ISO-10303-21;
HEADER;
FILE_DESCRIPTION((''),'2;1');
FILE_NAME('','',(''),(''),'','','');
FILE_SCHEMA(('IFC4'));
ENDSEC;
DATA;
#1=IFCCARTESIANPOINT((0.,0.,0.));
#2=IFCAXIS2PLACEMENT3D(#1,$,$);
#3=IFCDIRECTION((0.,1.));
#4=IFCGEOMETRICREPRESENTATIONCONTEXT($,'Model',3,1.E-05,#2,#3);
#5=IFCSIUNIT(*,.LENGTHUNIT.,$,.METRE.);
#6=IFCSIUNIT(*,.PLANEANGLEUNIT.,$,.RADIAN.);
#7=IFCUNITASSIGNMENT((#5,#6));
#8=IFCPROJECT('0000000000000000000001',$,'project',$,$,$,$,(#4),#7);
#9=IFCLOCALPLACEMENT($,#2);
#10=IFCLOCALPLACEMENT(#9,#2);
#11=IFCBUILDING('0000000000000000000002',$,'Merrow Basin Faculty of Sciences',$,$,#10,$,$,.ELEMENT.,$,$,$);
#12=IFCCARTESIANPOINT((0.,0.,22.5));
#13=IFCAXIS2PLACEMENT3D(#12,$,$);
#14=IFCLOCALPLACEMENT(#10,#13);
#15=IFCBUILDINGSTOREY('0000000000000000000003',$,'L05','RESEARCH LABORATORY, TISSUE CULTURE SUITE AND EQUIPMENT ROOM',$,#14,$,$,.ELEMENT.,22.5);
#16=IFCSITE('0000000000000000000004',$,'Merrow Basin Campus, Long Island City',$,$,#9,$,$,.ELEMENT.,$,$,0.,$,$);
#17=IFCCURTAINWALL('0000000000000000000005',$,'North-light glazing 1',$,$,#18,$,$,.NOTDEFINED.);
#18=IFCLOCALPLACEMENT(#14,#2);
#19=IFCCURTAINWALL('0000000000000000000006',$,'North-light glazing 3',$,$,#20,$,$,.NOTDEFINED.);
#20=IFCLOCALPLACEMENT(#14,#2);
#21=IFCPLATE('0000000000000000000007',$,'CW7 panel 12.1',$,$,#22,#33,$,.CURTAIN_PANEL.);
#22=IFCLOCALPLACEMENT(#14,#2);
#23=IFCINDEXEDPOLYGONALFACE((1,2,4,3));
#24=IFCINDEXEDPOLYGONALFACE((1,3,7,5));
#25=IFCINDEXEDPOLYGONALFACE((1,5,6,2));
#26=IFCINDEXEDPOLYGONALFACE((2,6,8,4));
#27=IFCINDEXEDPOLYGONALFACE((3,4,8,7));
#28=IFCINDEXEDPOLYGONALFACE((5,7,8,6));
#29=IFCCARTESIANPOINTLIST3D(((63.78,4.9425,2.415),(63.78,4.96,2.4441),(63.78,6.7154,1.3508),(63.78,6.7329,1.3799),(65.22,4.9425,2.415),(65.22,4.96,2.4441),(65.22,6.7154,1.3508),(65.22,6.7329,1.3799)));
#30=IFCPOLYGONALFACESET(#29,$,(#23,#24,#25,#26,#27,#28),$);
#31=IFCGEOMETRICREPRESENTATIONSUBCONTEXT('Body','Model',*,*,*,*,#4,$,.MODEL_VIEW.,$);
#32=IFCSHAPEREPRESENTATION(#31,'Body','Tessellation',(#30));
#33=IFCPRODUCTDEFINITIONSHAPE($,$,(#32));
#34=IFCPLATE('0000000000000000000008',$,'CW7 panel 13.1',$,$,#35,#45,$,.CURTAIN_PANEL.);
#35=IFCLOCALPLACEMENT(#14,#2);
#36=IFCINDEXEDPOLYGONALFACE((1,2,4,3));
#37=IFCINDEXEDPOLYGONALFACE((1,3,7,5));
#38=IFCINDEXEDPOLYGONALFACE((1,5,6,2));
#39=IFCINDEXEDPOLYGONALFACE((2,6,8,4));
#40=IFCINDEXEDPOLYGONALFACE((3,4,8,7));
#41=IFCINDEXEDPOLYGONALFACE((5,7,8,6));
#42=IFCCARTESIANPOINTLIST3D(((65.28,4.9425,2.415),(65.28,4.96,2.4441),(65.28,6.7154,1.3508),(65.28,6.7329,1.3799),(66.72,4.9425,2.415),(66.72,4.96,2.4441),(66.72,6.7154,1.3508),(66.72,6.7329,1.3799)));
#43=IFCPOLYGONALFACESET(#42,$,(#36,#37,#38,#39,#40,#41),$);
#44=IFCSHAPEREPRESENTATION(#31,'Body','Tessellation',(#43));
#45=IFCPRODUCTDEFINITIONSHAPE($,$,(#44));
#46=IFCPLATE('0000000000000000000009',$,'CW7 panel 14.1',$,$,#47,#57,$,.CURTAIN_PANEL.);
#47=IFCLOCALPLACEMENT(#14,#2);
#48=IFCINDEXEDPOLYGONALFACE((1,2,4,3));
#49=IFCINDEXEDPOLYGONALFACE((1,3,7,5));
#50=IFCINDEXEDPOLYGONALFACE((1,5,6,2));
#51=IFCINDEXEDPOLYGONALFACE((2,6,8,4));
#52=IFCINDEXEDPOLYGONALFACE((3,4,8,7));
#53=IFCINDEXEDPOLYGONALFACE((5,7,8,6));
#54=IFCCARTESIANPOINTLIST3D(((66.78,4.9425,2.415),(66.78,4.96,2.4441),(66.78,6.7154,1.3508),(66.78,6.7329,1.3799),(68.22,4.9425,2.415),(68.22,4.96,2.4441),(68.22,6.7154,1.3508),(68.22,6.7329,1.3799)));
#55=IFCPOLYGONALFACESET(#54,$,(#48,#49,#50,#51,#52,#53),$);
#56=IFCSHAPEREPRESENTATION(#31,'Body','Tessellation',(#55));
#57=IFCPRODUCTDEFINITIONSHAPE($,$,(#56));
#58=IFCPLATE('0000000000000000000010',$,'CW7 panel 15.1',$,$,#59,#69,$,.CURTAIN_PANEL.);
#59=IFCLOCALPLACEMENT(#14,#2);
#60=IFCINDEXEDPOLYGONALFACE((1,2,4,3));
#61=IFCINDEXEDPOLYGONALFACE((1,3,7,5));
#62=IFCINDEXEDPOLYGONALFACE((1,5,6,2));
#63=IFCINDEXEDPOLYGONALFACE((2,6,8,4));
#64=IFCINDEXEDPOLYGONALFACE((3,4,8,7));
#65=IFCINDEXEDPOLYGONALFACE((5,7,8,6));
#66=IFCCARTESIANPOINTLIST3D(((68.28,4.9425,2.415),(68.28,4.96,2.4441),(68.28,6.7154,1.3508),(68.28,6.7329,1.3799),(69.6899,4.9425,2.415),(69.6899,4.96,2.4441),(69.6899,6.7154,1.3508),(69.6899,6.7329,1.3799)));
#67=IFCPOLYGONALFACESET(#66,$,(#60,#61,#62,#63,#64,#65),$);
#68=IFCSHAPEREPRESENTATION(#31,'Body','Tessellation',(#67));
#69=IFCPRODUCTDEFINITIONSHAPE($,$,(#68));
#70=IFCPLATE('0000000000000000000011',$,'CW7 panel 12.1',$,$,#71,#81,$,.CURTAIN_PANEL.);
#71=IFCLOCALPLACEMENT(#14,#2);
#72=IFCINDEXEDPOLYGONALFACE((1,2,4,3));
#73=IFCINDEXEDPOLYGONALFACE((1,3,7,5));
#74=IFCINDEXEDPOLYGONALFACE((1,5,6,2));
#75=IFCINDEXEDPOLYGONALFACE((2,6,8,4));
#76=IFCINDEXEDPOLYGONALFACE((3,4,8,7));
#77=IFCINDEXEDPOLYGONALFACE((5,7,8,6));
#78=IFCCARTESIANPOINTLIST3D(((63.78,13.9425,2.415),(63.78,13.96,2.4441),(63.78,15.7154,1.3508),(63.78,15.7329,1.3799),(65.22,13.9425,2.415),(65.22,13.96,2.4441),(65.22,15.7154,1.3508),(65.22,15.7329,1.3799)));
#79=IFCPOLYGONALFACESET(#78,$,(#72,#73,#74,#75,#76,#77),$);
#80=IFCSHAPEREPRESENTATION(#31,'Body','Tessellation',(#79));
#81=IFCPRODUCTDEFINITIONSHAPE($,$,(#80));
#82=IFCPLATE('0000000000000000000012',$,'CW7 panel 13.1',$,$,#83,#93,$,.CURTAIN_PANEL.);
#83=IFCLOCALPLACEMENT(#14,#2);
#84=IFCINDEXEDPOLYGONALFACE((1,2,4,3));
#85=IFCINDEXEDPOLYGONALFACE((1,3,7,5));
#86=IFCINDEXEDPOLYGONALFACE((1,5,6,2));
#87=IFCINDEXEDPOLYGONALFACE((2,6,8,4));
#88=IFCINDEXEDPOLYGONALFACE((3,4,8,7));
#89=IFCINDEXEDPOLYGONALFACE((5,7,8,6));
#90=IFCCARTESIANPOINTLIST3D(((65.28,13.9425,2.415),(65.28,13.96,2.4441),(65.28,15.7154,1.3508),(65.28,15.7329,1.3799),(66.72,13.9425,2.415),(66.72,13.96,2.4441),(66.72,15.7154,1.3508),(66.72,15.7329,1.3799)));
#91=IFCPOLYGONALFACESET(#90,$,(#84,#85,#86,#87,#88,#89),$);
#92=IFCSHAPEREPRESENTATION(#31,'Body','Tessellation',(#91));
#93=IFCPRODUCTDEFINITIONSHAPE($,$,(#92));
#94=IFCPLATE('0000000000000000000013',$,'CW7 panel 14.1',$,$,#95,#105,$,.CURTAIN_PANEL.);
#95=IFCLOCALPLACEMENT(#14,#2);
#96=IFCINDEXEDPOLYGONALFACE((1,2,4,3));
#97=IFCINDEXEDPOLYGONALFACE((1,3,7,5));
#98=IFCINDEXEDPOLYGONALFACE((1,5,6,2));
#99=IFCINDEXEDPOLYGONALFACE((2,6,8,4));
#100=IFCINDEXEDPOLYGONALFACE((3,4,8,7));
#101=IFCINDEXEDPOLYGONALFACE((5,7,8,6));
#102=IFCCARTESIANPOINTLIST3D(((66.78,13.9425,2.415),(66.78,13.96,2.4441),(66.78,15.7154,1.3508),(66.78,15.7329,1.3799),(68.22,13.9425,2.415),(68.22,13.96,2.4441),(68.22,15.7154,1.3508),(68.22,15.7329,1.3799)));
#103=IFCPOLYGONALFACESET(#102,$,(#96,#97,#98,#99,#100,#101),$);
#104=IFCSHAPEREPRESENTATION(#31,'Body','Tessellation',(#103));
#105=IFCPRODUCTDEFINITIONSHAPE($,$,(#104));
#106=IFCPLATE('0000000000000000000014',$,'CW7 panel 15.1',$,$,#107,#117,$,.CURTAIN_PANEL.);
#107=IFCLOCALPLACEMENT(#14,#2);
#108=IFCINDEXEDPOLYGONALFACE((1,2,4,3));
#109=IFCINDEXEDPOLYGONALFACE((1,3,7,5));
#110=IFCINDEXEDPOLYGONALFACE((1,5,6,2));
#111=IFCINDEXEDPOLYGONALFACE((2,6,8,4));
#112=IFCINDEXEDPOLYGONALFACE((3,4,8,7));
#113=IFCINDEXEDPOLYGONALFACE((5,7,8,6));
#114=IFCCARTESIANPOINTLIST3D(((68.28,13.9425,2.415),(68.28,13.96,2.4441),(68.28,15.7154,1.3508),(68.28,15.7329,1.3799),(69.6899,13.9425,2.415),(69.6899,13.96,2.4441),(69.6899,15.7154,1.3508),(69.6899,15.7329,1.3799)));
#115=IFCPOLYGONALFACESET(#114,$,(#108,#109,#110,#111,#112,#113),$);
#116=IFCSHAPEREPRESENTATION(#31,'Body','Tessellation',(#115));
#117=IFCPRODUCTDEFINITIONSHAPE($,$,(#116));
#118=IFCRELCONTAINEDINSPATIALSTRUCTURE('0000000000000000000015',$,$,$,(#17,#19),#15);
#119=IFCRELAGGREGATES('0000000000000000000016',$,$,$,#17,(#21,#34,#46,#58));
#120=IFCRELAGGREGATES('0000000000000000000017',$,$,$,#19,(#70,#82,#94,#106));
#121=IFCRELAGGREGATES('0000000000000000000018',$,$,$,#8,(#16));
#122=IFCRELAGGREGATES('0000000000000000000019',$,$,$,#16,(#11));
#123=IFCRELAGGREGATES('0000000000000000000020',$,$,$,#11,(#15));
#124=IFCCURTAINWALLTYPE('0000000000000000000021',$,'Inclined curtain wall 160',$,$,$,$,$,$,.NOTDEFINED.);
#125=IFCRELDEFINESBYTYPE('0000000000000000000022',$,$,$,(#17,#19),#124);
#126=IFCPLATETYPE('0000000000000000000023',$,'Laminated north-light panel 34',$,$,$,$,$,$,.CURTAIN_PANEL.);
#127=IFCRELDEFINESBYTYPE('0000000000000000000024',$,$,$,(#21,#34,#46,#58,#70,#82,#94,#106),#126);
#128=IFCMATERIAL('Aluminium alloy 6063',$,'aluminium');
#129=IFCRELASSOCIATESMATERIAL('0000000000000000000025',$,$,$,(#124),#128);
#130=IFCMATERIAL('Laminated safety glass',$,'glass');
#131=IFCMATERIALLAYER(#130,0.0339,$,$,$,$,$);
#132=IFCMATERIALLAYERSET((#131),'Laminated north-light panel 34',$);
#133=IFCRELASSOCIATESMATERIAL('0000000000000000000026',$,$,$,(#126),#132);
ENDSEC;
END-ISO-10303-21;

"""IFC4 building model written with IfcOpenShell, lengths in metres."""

from ifc_helpers import new_model, si_unit, direction, frame, origin, place, context, subcontext, project, spatial, polyline, outline, extrude, material, layer, layer_set, type_object, element, aggregate, save


model = new_model("IFC4")

# Units and contexts
model_context = context("Model", 3, precision=1e-05, world=origin(), true_north=direction((0.0, 1.0)))
body_context = subcontext(model_context, "Body", "Model", "MODEL_VIEW")
ifc_project = project(units=[si_unit("LENGTHUNIT", "METRE"), si_unit("PLANEANGLEUNIT", "RADIAN")], contexts=[model_context])

# Site, building, storey
site_placement = place(None, origin())
site = spatial("IfcSite", under=ifc_project, at=site_placement, Name="Merrow Basin Campus, Long Island City", CompositionType="ELEMENT", RefElevation=0.0)
building_placement = place(site_placement, origin())
building = spatial("IfcBuilding", under=site, at=building_placement, Name="Merrow Basin Faculty of Sciences", CompositionType="ELEMENT")
storey_placement = place(building_placement, frame((0.0, 0.0, 22.5)))
storey = spatial("IfcBuildingStorey", under=building, at=storey_placement, Name="L05", Description="RESEARCH LABORATORY, TISSUE CULTURE SUITE AND EQUIPMENT ROOM", CompositionType="ELEMENT", Elevation=22.5)

# Curtain walls
ifc_material_1 = material(Name="Aluminium alloy 6063", Category="aluminium")
curtain_wall_type = type_object("IfcCurtainWallType", Name="Inclined curtain wall 160", PredefinedType="NOTDEFINED", material=ifc_material_1)
curtain_wall_1_placement = place(storey_placement, origin())
curtain_wall_1 = element("IfcCurtainWall", 1, at=curtain_wall_1_placement, inside=storey, type_object=curtain_wall_type, Name="North-light glazing 1", PredefinedType="NOTDEFINED")
curtain_wall_2_placement = place(storey_placement, origin())
curtain_wall_2 = element("IfcCurtainWall", 2, at=curtain_wall_2_placement, inside=storey, type_object=curtain_wall_type, Name="North-light glazing 3", PredefinedType="NOTDEFINED")

# Plates
ifc_material_2 = material(Name="Laminated safety glass", Category="glass")
ifc_layer = layer(ifc_material_2, 0.0339)
ifc_layer_set = layer_set([ifc_layer], Name="Laminated north-light panel 34")
plate_type = type_object("IfcPlateType", Name="Laminated north-light panel 34", PredefinedType="CURTAIN_PANEL", material=ifc_layer_set)
plate_1_placement = place(storey_placement, frame((63.78, 4.96, 2.4441), z_axis=(0.0, 0.514652, 0.857399), x_axis=(1.0, 0.0, 0.0)))
plate_1 = element("IfcPlate", 3, at=plate_1_placement, type_object=plate_type, Name="CW7 panel 12.1", PredefinedType="CURTAIN_PANEL", context=body_context, shape_type="SweptSolid", body=[
    extrude(outline(polyline([(0.0, 0.0), (1.4399, 0.0), (1.4399, 2.0678), (0.0, 2.0678), (0.0, 0.0)])), origin(), (0.0, 0.0, -1.0), 0.0339),
])
plate_2_placement = place(storey_placement, frame((65.28, 4.96, 2.4441), z_axis=(0.0, 0.514652, 0.857399), x_axis=(1.0, 0.0, 0.0)))
plate_2 = element("IfcPlate", 4, at=plate_2_placement, type_object=plate_type, Name="CW7 panel 13.1", PredefinedType="CURTAIN_PANEL", context=body_context, shape_type="SweptSolid", body=[
    extrude(outline(polyline([(0.0, 0.0), (1.4399, 0.0), (1.4399, 2.0678), (0.0, 2.0678), (0.0, 0.0)])), origin(), (0.0, 0.0, -1.0), 0.0339),
])
plate_3_placement = place(storey_placement, frame((66.78, 4.96, 2.4441), z_axis=(0.0, 0.514652, 0.857399), x_axis=(1.0, 0.0, 0.0)))
plate_3 = element("IfcPlate", 5, at=plate_3_placement, type_object=plate_type, Name="CW7 panel 14.1", PredefinedType="CURTAIN_PANEL", context=body_context, shape_type="SweptSolid", body=[
    extrude(outline(polyline([(0.0, 0.0), (1.4399, 0.0), (1.4399, 2.0678), (0.0, 2.0678), (0.0, 0.0)])), origin(), (0.0, 0.0, -1.0), 0.0339),
])
plate_4_placement = place(storey_placement, frame((68.28, 4.96, 2.4441), z_axis=(0.0, 0.514652, 0.857399), x_axis=(1.0, 0.0, 0.0)))
plate_4 = element("IfcPlate", 6, at=plate_4_placement, type_object=plate_type, Name="CW7 panel 15.1", PredefinedType="CURTAIN_PANEL", context=body_context, shape_type="SweptSolid", body=[
    extrude(outline(polyline([(0.0, 0.0), (1.4099, 0.0), (1.4099, 2.0678), (0.0, 2.0678), (0.0, 0.0)])), origin(), (0.0, 0.0, -1.0), 0.0339),
])
aggregate(curtain_wall_1, [plate_1, plate_2, plate_3, plate_4])
plate_5_placement = place(storey_placement, frame((63.78, 13.96, 2.4441), z_axis=(0.0, 0.514652, 0.857399), x_axis=(1.0, 0.0, 0.0)))
plate_5 = element("IfcPlate", 7, at=plate_5_placement, type_object=plate_type, Name="CW7 panel 12.1", PredefinedType="CURTAIN_PANEL", context=body_context, shape_type="SweptSolid", body=[
    extrude(outline(polyline([(0.0, 0.0), (1.4399, 0.0), (1.4399, 2.0678), (0.0, 2.0678), (0.0, 0.0)])), origin(), (0.0, 0.0, -1.0), 0.0339),
])
plate_6_placement = place(storey_placement, frame((65.28, 13.96, 2.4441), z_axis=(0.0, 0.514652, 0.857399), x_axis=(1.0, 0.0, 0.0)))
plate_6 = element("IfcPlate", 8, at=plate_6_placement, type_object=plate_type, Name="CW7 panel 13.1", PredefinedType="CURTAIN_PANEL", context=body_context, shape_type="SweptSolid", body=[
    extrude(outline(polyline([(0.0, 0.0), (1.4399, 0.0), (1.4399, 2.0678), (0.0, 2.0678), (0.0, 0.0)])), origin(), (0.0, 0.0, -1.0), 0.0339),
])
plate_7_placement = place(storey_placement, frame((66.78, 13.96, 2.4441), z_axis=(0.0, 0.514652, 0.857399), x_axis=(1.0, 0.0, 0.0)))
plate_7 = element("IfcPlate", 9, at=plate_7_placement, type_object=plate_type, Name="CW7 panel 14.1", PredefinedType="CURTAIN_PANEL", context=body_context, shape_type="SweptSolid", body=[
    extrude(outline(polyline([(0.0, 0.0), (1.4399, 0.0), (1.4399, 2.0678), (0.0, 2.0678), (0.0, 0.0)])), origin(), (0.0, 0.0, -1.0), 0.0339),
])
plate_8_placement = place(storey_placement, frame((68.28, 13.96, 2.4441), z_axis=(0.0, 0.514652, 0.857399), x_axis=(1.0, 0.0, 0.0)))
plate_8 = element("IfcPlate", 10, at=plate_8_placement, type_object=plate_type, Name="CW7 panel 15.1", PredefinedType="CURTAIN_PANEL", context=body_context, shape_type="SweptSolid", body=[
    extrude(outline(polyline([(0.0, 0.0), (1.4099, 0.0), (1.4099, 2.0678), (0.0, 2.0678), (0.0, 0.0)])), origin(), (0.0, 0.0, -1.0), 0.0339),
])
aggregate(curtain_wall_2, [plate_5, plate_6, plate_7, plate_8])

save(model, "model.ifc")
